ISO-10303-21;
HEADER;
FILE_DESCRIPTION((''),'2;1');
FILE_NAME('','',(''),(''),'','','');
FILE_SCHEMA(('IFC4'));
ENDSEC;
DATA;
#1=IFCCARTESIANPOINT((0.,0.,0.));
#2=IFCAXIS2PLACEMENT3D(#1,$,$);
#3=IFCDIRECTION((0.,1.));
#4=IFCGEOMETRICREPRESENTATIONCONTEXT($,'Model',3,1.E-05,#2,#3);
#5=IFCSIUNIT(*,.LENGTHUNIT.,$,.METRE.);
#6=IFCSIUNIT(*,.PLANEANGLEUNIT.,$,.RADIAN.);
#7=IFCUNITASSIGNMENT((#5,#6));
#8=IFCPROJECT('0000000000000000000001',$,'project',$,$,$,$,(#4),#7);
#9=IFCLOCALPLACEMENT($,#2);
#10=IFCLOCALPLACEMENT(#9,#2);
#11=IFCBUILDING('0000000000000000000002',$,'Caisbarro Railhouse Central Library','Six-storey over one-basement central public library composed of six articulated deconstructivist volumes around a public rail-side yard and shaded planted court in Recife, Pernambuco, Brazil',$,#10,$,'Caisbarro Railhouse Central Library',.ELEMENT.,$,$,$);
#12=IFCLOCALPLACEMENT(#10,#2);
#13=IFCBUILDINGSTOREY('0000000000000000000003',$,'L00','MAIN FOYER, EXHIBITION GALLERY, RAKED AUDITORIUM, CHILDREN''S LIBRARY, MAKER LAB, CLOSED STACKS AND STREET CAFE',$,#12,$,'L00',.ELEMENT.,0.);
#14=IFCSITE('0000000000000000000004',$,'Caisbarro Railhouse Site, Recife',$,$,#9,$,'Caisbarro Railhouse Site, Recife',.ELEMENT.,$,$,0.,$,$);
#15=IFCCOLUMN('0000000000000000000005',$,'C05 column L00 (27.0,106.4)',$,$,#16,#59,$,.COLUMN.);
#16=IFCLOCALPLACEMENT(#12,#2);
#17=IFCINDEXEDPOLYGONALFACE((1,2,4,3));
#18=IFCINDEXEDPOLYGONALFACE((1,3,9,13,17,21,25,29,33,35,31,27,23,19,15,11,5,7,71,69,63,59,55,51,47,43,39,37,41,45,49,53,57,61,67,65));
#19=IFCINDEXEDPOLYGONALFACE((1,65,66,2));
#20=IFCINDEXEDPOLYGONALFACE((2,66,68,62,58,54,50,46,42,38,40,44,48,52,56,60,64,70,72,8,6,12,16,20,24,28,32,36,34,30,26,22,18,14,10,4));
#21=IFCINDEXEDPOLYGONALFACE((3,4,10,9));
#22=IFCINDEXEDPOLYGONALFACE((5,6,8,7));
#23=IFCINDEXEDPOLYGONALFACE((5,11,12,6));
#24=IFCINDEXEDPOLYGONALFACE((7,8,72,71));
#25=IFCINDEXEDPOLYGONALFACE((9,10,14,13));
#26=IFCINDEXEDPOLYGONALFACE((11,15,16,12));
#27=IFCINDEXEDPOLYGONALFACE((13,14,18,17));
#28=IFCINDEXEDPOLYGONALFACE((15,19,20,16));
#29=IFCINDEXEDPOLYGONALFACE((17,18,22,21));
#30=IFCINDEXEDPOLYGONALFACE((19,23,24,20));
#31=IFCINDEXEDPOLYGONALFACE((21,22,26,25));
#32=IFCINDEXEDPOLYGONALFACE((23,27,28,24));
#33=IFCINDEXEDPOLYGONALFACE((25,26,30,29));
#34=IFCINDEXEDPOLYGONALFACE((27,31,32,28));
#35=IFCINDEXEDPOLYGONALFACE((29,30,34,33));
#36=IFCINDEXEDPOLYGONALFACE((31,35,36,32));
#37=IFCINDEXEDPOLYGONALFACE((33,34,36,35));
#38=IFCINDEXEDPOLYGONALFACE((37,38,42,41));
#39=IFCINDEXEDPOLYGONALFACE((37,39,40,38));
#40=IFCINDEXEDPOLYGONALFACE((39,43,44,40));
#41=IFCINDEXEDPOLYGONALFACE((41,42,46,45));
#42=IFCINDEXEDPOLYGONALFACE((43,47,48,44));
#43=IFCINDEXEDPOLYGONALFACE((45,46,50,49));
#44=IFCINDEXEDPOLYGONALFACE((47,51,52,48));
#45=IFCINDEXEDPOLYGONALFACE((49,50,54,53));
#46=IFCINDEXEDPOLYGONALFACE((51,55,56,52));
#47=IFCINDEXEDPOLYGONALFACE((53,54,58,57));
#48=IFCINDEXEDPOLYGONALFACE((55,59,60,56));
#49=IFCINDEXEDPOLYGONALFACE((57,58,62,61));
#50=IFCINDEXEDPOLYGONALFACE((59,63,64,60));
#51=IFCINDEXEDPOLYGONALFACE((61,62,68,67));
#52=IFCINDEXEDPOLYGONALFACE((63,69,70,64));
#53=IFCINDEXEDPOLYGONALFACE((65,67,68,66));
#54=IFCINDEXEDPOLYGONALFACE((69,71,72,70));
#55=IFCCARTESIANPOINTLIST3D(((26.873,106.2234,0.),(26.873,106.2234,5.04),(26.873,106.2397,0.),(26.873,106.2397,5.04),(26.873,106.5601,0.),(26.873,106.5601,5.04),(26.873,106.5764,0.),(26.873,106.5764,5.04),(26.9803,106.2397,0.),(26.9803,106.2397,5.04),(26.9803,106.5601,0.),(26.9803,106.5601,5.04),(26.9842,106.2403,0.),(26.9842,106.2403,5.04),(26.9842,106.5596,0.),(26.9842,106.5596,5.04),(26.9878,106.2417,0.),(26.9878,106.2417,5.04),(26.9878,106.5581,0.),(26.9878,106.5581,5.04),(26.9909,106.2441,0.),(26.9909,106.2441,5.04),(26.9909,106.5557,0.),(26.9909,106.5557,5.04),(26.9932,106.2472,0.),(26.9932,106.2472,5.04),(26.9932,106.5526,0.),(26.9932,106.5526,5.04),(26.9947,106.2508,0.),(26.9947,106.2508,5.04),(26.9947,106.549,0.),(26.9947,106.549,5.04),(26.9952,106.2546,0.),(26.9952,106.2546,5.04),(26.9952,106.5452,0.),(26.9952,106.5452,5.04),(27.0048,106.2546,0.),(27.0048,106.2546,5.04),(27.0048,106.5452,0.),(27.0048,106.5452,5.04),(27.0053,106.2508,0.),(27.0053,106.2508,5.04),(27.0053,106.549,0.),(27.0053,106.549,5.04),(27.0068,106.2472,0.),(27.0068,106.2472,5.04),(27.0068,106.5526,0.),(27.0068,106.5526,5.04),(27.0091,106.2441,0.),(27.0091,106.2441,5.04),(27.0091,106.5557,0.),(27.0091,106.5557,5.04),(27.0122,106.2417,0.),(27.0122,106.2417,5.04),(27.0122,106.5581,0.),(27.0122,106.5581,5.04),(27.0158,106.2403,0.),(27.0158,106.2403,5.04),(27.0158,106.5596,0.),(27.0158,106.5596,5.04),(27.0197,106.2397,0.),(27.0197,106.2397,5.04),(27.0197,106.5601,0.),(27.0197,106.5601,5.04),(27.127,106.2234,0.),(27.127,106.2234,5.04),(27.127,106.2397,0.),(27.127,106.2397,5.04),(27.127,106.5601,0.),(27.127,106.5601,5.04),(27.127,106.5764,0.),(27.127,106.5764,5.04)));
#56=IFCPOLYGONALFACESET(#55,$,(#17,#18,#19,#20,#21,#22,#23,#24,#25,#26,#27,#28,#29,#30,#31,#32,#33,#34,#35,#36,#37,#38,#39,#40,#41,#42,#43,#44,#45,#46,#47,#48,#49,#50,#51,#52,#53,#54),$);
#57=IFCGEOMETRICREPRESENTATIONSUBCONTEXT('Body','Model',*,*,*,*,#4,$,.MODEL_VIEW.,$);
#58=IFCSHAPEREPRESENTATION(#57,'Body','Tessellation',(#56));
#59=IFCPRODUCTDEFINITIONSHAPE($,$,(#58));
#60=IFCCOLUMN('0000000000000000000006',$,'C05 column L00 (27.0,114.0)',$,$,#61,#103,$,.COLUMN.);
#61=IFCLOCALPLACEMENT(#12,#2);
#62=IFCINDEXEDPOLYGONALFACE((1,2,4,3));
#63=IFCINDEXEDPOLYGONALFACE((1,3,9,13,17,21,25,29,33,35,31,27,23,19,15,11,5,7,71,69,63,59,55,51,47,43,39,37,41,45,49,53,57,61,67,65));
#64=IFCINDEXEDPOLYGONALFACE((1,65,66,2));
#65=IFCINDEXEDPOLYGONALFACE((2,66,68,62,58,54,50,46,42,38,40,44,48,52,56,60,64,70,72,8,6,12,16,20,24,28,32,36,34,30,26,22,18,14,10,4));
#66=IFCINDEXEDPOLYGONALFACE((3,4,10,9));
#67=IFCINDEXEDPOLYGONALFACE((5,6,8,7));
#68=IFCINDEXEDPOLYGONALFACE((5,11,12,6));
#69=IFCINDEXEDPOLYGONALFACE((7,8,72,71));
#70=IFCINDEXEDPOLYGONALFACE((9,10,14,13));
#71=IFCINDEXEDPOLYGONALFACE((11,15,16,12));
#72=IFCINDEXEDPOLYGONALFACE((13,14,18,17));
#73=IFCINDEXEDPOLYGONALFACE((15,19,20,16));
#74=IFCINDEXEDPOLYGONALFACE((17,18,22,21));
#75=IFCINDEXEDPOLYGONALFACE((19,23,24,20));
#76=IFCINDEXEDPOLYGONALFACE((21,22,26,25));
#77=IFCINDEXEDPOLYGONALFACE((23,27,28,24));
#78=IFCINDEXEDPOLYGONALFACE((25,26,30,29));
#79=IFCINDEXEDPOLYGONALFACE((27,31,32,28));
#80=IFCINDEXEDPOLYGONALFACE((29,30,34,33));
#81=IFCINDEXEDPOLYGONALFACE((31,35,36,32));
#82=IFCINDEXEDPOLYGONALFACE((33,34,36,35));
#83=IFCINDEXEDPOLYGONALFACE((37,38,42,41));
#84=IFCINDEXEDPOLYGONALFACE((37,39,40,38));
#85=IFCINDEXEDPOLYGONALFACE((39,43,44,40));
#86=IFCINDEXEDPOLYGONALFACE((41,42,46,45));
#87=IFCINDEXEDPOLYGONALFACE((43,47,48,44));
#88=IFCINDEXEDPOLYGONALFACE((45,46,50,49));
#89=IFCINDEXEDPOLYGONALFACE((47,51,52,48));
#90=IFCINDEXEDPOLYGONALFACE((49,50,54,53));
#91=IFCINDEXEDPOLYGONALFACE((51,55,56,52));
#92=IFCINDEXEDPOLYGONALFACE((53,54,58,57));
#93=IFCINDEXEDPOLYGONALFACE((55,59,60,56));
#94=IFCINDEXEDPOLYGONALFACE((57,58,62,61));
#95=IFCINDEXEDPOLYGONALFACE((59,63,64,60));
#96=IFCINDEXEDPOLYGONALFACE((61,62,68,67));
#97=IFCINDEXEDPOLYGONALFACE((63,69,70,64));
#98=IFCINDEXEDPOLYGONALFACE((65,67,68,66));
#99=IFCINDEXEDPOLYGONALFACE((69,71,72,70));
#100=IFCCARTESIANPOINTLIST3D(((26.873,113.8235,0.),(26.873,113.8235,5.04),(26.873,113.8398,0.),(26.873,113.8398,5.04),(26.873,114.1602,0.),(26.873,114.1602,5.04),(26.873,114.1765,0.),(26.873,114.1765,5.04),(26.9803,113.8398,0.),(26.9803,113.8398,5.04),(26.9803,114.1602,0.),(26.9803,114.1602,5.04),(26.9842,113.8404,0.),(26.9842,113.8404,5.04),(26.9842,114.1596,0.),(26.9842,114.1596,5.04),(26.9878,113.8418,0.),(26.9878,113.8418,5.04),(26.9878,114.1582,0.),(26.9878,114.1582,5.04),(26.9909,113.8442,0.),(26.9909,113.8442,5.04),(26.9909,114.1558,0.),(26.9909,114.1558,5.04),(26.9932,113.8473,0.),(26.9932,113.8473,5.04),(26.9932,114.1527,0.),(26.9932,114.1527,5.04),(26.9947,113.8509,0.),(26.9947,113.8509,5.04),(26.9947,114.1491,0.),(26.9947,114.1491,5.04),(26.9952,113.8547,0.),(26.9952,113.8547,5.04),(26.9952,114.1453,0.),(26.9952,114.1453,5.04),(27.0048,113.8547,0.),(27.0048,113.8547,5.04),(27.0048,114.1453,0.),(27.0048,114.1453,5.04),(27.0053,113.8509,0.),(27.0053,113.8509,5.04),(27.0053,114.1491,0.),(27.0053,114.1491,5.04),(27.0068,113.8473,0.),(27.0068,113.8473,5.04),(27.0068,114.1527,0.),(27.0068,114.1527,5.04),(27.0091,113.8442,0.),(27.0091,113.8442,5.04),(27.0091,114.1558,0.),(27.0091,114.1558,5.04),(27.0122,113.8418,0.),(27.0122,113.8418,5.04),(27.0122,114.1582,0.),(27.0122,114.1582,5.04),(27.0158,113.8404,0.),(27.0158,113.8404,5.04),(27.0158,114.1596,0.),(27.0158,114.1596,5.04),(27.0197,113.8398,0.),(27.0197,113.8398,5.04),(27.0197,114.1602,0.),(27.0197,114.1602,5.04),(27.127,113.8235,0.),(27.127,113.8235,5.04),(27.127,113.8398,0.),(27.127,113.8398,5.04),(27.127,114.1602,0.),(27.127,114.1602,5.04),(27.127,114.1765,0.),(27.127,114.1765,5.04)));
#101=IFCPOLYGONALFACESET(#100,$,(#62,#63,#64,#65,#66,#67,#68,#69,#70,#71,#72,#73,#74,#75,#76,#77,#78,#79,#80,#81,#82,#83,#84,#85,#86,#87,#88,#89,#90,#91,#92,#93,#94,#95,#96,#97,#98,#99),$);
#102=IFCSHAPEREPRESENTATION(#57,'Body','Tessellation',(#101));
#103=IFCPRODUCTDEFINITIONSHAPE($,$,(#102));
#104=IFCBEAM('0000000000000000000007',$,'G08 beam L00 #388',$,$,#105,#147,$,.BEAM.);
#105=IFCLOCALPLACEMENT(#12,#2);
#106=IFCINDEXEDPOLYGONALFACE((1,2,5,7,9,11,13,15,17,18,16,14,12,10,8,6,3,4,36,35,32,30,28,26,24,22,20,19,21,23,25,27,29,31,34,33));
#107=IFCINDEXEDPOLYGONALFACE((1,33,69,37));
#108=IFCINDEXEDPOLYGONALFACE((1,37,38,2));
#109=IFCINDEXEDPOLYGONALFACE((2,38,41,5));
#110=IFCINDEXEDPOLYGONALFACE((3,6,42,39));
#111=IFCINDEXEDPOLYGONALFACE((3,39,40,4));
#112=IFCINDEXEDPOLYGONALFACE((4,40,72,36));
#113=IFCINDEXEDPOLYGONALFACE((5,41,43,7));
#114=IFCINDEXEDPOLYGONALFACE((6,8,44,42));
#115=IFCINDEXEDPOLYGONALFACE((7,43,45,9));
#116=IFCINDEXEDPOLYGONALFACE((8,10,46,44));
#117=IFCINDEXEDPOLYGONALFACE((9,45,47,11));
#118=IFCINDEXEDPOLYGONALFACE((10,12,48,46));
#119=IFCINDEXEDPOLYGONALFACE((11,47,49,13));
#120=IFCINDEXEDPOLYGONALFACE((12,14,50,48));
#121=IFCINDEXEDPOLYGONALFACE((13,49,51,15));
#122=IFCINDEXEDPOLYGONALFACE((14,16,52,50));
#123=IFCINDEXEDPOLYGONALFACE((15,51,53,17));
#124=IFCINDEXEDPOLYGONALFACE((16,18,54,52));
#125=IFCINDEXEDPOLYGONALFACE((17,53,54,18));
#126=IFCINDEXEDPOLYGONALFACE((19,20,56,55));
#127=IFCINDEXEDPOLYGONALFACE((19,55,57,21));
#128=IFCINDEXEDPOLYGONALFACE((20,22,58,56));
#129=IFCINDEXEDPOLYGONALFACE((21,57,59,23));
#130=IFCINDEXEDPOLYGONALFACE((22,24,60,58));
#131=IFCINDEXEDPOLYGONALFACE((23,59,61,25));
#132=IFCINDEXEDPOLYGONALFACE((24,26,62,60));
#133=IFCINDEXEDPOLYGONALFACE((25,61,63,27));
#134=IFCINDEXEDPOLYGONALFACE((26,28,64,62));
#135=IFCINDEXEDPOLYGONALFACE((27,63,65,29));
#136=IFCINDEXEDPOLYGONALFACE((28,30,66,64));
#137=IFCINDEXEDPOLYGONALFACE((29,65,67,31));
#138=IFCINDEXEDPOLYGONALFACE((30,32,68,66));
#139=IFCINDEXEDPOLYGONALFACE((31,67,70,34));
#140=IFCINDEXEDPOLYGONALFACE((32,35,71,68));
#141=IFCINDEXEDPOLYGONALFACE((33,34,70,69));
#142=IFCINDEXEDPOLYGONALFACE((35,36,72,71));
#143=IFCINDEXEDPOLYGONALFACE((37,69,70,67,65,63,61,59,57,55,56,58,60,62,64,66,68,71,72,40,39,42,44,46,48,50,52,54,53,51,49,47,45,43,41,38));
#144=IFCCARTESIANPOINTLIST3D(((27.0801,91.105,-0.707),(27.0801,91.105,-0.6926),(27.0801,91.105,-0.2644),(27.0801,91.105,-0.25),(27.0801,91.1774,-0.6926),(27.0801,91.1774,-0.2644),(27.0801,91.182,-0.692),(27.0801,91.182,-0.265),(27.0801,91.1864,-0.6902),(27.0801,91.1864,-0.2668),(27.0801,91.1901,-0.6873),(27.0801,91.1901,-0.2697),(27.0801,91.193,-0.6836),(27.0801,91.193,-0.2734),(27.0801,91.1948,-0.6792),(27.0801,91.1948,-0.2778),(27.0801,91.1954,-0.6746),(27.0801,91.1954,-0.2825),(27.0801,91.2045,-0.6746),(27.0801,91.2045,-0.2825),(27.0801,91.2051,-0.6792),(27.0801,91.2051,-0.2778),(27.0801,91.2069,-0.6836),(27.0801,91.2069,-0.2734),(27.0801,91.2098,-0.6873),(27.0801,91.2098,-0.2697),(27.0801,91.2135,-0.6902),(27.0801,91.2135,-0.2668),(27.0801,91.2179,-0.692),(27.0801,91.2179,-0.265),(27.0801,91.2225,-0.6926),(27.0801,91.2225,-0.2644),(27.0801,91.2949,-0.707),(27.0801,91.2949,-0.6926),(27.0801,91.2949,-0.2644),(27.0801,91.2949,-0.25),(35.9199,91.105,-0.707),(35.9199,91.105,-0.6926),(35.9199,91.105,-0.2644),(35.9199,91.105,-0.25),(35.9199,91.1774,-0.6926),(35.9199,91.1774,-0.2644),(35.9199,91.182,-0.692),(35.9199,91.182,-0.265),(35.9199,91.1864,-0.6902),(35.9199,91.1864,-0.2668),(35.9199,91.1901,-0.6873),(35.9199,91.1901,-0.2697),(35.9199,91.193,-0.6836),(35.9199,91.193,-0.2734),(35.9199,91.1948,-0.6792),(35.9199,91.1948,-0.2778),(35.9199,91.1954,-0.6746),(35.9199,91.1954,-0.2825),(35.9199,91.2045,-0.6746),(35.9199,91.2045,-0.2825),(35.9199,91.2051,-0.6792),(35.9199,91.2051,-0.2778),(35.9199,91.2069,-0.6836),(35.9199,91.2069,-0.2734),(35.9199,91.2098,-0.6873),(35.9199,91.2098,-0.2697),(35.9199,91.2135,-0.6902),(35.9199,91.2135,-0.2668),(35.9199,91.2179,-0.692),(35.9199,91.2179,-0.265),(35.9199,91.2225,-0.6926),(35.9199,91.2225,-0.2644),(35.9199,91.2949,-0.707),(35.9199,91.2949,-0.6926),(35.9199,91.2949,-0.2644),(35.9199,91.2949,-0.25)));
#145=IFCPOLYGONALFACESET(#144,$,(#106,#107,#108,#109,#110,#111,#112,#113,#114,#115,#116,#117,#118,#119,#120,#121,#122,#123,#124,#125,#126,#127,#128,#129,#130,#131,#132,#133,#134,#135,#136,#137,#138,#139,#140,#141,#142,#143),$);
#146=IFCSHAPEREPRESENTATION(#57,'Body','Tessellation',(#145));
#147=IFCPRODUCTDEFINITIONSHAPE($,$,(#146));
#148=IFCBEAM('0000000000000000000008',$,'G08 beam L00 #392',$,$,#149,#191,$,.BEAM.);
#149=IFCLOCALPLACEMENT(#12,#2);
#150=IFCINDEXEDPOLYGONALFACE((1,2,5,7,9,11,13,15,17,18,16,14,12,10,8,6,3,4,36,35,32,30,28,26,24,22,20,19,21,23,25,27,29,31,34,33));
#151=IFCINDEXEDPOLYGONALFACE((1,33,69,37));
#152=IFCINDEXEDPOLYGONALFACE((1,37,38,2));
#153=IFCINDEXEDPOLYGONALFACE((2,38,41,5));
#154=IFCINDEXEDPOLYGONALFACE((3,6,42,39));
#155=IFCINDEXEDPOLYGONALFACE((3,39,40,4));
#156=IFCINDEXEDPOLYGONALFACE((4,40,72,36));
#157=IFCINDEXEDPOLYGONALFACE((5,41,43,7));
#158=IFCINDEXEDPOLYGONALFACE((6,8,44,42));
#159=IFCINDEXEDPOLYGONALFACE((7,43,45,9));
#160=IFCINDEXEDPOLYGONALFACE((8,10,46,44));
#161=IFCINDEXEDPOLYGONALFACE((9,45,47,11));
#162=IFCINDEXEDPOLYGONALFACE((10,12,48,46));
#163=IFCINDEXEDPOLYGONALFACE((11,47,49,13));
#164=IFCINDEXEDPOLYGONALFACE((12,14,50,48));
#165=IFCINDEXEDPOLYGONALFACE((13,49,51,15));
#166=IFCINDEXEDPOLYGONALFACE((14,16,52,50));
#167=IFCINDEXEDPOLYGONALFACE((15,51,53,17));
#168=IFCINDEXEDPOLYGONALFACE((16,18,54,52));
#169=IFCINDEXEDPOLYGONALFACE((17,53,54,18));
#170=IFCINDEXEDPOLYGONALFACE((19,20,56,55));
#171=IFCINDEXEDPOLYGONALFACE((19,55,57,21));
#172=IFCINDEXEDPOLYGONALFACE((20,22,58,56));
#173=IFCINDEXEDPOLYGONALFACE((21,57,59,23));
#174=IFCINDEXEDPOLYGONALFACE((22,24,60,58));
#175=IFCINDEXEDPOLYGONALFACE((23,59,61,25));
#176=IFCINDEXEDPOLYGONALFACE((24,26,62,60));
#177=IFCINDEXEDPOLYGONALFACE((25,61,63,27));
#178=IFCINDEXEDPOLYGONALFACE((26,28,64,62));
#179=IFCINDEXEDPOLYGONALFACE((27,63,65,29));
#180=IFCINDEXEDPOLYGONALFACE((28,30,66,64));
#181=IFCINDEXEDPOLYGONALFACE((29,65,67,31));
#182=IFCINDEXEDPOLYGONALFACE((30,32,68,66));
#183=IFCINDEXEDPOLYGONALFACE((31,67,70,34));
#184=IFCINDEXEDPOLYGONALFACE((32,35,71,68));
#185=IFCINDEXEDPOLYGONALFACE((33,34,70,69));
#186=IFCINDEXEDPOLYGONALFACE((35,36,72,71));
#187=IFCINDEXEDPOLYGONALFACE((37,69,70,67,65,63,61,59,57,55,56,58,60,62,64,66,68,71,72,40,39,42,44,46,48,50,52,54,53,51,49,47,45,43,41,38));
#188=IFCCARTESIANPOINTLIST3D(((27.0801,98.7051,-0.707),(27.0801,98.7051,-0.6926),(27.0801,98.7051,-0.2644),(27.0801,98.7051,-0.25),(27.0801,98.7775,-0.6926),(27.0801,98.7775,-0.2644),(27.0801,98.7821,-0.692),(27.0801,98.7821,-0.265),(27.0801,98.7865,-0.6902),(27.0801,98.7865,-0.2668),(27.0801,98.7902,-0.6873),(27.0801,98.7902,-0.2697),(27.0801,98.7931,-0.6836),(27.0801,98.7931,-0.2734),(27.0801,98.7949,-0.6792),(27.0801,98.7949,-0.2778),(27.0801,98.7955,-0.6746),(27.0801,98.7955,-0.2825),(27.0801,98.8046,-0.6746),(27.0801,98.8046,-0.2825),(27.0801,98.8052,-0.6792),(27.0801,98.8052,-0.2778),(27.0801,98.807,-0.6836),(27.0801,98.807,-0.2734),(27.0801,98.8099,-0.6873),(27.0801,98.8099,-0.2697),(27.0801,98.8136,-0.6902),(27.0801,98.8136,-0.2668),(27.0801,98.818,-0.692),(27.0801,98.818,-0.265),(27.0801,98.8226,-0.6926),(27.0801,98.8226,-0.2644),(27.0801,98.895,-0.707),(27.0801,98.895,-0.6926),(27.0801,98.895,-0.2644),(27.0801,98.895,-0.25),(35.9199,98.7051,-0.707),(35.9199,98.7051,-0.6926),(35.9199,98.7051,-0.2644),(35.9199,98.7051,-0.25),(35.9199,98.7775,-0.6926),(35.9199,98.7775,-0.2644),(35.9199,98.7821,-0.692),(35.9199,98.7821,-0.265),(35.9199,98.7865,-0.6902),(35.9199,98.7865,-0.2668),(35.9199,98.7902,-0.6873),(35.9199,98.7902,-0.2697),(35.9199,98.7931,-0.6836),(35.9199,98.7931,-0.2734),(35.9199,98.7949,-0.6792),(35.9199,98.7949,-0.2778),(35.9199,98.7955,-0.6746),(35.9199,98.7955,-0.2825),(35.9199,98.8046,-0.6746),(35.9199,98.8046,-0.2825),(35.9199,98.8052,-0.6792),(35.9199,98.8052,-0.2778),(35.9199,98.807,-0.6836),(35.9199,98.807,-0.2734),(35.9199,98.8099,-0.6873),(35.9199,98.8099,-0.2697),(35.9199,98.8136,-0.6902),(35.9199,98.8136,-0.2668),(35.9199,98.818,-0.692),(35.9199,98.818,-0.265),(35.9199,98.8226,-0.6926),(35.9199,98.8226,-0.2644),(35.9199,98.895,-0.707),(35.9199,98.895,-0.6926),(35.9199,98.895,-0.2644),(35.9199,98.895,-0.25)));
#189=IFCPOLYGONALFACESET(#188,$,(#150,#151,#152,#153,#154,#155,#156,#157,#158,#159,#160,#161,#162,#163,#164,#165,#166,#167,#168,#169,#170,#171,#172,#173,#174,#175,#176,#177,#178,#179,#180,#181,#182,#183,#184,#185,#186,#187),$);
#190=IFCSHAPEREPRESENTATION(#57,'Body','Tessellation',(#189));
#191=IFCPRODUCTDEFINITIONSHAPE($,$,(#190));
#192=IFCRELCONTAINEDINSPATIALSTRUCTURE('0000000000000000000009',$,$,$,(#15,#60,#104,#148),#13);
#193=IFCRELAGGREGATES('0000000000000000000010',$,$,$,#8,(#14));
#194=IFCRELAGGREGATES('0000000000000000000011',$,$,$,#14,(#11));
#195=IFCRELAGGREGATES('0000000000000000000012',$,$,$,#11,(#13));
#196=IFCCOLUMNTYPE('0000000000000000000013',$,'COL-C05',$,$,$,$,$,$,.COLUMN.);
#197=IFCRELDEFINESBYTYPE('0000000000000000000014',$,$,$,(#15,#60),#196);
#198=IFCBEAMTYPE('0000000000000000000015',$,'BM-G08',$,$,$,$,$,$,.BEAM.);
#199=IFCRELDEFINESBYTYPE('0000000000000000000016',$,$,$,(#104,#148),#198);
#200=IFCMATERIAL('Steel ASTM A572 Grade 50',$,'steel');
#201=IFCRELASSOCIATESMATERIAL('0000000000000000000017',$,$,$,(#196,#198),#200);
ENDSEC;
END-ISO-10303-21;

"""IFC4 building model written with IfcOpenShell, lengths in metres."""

from ifc_helpers import new_model, si_unit, direction, frame, origin, origin_2d, place, context, subcontext, project, spatial, i_section, extrude, material, material_profile, profile_set, type_object, element, save


model = new_model("IFC4")

# Units and contexts
model_context = context("Model", 3, precision=1e-05, world=origin(), true_north=direction((0.0, 1.0)))
body_context = subcontext(model_context, "Body", "Model", "MODEL_VIEW")
ifc_project = project(units=[si_unit("LENGTHUNIT", "METRE"), si_unit("PLANEANGLEUNIT", "RADIAN")], contexts=[model_context])

# Site, building, storey
site_placement = place(None, origin())
site = spatial("IfcSite", under=ifc_project, at=site_placement, Name="Caisbarro Railhouse Site, Recife", LongName="Caisbarro Railhouse Site, Recife", CompositionType="ELEMENT", RefElevation=0.0)
building_placement = place(site_placement, origin())
building = spatial("IfcBuilding", under=site, at=building_placement, Name="Caisbarro Railhouse Central Library", Description="Six-storey over one-basement central public library composed of six articulated deconstructivist volumes around a public rail-side yard and shaded planted court in Recife, Pernambuco, Brazil", LongName="Caisbarro Railhouse Central Library", CompositionType="ELEMENT")
storey_placement = place(building_placement, origin())
storey = spatial("IfcBuildingStorey", under=building, at=storey_placement, Name="L00", Description="MAIN FOYER, EXHIBITION GALLERY, RAKED AUDITORIUM, CHILDREN'S LIBRARY, MAKER LAB, CLOSED STACKS AND STREET CAFE", LongName="L00", CompositionType="ELEMENT", Elevation=0.0)

# Columns
ifc_material_1 = material(Name="Steel ASTM A572 Grade 50", Category="steel")
ifc_material_profile_1 = material_profile(ifc_material_1, i_section(OverallWidth=0.2539, OverallDepth=0.353, WebThickness=0.0095, FlangeThickness=0.0164, FilletRadius=0.0149, at=origin_2d()), Name="W360X91.0")
ifc_profile_set_1 = profile_set([ifc_material_profile_1], Name="Steel ASTM A572 Grade 50")
column_type = type_object("IfcColumnType", Name="COL-C05", PredefinedType="COLUMN", material=ifc_profile_set_1)
for number, where, z_axis, x_axis, name in (
    (1, (27.0, 106.3999, 0.0), (0.0, 0.0, 1.0), (1.0, 0.0, 0.0), "C05 column L00 (27.0,106.4)"),
    (2, (27.0, 114.0, 0.0), (0.0, 0.0, 1.0), (1.0, 0.0, 0.0), "C05 column L00 (27.0,114.0)"),
):
    element("IfcColumn", number, at=place(storey_placement, frame(where, z_axis=z_axis, x_axis=x_axis)), inside=storey, type_object=column_type, Name=name, PredefinedType="COLUMN", context=body_context, shape_type="SweptSolid", body=[
        extrude(i_section(OverallWidth=0.2539, OverallDepth=0.353, WebThickness=0.0095, FlangeThickness=0.0164, FilletRadius=0.0149, at=origin_2d()), origin(), (0.0, 0.0, 1.0), 5.04),
    ])

# Beams
ifc_material_profile_2 = material_profile(ifc_material_1, i_section(OverallWidth=0.1899, OverallDepth=0.457, WebThickness=0.009, FlangeThickness=0.0144, FilletRadius=0.0181, at=origin_2d()), Name="W460X74.0")
ifc_profile_set_2 = profile_set([ifc_material_profile_2], Name="Steel ASTM A572 Grade 50")
beam_type_1 = type_object("IfcBeamType", Name="BM-G08", PredefinedType="BEAM", material=ifc_profile_set_2)
for number, where, z_axis, x_axis, name in (
    (3, (27.0801, 91.2, -0.4785), (1.0, 0.0, 0.0), (0.0, 1.0, 0.0), "G08 beam L00 #388"),
    (4, (27.0801, 98.8, -0.4785), (1.0, 0.0, 0.0), (0.0, 1.0, 0.0), "G08 beam L00 #392"),
):
    element("IfcBeam", number, at=place(storey_placement, frame(where, z_axis=z_axis, x_axis=x_axis)), inside=storey, type_object=beam_type_1, Name=name, PredefinedType="BEAM", context=body_context, shape_type="SweptSolid", body=[
        extrude(i_section(OverallWidth=0.1899, OverallDepth=0.457, WebThickness=0.009, FlangeThickness=0.0144, FilletRadius=0.0181, at=origin_2d()), origin(), (0.0, 0.0, 1.0), 8.8398),
    ])

save(model, "model.ifc")
